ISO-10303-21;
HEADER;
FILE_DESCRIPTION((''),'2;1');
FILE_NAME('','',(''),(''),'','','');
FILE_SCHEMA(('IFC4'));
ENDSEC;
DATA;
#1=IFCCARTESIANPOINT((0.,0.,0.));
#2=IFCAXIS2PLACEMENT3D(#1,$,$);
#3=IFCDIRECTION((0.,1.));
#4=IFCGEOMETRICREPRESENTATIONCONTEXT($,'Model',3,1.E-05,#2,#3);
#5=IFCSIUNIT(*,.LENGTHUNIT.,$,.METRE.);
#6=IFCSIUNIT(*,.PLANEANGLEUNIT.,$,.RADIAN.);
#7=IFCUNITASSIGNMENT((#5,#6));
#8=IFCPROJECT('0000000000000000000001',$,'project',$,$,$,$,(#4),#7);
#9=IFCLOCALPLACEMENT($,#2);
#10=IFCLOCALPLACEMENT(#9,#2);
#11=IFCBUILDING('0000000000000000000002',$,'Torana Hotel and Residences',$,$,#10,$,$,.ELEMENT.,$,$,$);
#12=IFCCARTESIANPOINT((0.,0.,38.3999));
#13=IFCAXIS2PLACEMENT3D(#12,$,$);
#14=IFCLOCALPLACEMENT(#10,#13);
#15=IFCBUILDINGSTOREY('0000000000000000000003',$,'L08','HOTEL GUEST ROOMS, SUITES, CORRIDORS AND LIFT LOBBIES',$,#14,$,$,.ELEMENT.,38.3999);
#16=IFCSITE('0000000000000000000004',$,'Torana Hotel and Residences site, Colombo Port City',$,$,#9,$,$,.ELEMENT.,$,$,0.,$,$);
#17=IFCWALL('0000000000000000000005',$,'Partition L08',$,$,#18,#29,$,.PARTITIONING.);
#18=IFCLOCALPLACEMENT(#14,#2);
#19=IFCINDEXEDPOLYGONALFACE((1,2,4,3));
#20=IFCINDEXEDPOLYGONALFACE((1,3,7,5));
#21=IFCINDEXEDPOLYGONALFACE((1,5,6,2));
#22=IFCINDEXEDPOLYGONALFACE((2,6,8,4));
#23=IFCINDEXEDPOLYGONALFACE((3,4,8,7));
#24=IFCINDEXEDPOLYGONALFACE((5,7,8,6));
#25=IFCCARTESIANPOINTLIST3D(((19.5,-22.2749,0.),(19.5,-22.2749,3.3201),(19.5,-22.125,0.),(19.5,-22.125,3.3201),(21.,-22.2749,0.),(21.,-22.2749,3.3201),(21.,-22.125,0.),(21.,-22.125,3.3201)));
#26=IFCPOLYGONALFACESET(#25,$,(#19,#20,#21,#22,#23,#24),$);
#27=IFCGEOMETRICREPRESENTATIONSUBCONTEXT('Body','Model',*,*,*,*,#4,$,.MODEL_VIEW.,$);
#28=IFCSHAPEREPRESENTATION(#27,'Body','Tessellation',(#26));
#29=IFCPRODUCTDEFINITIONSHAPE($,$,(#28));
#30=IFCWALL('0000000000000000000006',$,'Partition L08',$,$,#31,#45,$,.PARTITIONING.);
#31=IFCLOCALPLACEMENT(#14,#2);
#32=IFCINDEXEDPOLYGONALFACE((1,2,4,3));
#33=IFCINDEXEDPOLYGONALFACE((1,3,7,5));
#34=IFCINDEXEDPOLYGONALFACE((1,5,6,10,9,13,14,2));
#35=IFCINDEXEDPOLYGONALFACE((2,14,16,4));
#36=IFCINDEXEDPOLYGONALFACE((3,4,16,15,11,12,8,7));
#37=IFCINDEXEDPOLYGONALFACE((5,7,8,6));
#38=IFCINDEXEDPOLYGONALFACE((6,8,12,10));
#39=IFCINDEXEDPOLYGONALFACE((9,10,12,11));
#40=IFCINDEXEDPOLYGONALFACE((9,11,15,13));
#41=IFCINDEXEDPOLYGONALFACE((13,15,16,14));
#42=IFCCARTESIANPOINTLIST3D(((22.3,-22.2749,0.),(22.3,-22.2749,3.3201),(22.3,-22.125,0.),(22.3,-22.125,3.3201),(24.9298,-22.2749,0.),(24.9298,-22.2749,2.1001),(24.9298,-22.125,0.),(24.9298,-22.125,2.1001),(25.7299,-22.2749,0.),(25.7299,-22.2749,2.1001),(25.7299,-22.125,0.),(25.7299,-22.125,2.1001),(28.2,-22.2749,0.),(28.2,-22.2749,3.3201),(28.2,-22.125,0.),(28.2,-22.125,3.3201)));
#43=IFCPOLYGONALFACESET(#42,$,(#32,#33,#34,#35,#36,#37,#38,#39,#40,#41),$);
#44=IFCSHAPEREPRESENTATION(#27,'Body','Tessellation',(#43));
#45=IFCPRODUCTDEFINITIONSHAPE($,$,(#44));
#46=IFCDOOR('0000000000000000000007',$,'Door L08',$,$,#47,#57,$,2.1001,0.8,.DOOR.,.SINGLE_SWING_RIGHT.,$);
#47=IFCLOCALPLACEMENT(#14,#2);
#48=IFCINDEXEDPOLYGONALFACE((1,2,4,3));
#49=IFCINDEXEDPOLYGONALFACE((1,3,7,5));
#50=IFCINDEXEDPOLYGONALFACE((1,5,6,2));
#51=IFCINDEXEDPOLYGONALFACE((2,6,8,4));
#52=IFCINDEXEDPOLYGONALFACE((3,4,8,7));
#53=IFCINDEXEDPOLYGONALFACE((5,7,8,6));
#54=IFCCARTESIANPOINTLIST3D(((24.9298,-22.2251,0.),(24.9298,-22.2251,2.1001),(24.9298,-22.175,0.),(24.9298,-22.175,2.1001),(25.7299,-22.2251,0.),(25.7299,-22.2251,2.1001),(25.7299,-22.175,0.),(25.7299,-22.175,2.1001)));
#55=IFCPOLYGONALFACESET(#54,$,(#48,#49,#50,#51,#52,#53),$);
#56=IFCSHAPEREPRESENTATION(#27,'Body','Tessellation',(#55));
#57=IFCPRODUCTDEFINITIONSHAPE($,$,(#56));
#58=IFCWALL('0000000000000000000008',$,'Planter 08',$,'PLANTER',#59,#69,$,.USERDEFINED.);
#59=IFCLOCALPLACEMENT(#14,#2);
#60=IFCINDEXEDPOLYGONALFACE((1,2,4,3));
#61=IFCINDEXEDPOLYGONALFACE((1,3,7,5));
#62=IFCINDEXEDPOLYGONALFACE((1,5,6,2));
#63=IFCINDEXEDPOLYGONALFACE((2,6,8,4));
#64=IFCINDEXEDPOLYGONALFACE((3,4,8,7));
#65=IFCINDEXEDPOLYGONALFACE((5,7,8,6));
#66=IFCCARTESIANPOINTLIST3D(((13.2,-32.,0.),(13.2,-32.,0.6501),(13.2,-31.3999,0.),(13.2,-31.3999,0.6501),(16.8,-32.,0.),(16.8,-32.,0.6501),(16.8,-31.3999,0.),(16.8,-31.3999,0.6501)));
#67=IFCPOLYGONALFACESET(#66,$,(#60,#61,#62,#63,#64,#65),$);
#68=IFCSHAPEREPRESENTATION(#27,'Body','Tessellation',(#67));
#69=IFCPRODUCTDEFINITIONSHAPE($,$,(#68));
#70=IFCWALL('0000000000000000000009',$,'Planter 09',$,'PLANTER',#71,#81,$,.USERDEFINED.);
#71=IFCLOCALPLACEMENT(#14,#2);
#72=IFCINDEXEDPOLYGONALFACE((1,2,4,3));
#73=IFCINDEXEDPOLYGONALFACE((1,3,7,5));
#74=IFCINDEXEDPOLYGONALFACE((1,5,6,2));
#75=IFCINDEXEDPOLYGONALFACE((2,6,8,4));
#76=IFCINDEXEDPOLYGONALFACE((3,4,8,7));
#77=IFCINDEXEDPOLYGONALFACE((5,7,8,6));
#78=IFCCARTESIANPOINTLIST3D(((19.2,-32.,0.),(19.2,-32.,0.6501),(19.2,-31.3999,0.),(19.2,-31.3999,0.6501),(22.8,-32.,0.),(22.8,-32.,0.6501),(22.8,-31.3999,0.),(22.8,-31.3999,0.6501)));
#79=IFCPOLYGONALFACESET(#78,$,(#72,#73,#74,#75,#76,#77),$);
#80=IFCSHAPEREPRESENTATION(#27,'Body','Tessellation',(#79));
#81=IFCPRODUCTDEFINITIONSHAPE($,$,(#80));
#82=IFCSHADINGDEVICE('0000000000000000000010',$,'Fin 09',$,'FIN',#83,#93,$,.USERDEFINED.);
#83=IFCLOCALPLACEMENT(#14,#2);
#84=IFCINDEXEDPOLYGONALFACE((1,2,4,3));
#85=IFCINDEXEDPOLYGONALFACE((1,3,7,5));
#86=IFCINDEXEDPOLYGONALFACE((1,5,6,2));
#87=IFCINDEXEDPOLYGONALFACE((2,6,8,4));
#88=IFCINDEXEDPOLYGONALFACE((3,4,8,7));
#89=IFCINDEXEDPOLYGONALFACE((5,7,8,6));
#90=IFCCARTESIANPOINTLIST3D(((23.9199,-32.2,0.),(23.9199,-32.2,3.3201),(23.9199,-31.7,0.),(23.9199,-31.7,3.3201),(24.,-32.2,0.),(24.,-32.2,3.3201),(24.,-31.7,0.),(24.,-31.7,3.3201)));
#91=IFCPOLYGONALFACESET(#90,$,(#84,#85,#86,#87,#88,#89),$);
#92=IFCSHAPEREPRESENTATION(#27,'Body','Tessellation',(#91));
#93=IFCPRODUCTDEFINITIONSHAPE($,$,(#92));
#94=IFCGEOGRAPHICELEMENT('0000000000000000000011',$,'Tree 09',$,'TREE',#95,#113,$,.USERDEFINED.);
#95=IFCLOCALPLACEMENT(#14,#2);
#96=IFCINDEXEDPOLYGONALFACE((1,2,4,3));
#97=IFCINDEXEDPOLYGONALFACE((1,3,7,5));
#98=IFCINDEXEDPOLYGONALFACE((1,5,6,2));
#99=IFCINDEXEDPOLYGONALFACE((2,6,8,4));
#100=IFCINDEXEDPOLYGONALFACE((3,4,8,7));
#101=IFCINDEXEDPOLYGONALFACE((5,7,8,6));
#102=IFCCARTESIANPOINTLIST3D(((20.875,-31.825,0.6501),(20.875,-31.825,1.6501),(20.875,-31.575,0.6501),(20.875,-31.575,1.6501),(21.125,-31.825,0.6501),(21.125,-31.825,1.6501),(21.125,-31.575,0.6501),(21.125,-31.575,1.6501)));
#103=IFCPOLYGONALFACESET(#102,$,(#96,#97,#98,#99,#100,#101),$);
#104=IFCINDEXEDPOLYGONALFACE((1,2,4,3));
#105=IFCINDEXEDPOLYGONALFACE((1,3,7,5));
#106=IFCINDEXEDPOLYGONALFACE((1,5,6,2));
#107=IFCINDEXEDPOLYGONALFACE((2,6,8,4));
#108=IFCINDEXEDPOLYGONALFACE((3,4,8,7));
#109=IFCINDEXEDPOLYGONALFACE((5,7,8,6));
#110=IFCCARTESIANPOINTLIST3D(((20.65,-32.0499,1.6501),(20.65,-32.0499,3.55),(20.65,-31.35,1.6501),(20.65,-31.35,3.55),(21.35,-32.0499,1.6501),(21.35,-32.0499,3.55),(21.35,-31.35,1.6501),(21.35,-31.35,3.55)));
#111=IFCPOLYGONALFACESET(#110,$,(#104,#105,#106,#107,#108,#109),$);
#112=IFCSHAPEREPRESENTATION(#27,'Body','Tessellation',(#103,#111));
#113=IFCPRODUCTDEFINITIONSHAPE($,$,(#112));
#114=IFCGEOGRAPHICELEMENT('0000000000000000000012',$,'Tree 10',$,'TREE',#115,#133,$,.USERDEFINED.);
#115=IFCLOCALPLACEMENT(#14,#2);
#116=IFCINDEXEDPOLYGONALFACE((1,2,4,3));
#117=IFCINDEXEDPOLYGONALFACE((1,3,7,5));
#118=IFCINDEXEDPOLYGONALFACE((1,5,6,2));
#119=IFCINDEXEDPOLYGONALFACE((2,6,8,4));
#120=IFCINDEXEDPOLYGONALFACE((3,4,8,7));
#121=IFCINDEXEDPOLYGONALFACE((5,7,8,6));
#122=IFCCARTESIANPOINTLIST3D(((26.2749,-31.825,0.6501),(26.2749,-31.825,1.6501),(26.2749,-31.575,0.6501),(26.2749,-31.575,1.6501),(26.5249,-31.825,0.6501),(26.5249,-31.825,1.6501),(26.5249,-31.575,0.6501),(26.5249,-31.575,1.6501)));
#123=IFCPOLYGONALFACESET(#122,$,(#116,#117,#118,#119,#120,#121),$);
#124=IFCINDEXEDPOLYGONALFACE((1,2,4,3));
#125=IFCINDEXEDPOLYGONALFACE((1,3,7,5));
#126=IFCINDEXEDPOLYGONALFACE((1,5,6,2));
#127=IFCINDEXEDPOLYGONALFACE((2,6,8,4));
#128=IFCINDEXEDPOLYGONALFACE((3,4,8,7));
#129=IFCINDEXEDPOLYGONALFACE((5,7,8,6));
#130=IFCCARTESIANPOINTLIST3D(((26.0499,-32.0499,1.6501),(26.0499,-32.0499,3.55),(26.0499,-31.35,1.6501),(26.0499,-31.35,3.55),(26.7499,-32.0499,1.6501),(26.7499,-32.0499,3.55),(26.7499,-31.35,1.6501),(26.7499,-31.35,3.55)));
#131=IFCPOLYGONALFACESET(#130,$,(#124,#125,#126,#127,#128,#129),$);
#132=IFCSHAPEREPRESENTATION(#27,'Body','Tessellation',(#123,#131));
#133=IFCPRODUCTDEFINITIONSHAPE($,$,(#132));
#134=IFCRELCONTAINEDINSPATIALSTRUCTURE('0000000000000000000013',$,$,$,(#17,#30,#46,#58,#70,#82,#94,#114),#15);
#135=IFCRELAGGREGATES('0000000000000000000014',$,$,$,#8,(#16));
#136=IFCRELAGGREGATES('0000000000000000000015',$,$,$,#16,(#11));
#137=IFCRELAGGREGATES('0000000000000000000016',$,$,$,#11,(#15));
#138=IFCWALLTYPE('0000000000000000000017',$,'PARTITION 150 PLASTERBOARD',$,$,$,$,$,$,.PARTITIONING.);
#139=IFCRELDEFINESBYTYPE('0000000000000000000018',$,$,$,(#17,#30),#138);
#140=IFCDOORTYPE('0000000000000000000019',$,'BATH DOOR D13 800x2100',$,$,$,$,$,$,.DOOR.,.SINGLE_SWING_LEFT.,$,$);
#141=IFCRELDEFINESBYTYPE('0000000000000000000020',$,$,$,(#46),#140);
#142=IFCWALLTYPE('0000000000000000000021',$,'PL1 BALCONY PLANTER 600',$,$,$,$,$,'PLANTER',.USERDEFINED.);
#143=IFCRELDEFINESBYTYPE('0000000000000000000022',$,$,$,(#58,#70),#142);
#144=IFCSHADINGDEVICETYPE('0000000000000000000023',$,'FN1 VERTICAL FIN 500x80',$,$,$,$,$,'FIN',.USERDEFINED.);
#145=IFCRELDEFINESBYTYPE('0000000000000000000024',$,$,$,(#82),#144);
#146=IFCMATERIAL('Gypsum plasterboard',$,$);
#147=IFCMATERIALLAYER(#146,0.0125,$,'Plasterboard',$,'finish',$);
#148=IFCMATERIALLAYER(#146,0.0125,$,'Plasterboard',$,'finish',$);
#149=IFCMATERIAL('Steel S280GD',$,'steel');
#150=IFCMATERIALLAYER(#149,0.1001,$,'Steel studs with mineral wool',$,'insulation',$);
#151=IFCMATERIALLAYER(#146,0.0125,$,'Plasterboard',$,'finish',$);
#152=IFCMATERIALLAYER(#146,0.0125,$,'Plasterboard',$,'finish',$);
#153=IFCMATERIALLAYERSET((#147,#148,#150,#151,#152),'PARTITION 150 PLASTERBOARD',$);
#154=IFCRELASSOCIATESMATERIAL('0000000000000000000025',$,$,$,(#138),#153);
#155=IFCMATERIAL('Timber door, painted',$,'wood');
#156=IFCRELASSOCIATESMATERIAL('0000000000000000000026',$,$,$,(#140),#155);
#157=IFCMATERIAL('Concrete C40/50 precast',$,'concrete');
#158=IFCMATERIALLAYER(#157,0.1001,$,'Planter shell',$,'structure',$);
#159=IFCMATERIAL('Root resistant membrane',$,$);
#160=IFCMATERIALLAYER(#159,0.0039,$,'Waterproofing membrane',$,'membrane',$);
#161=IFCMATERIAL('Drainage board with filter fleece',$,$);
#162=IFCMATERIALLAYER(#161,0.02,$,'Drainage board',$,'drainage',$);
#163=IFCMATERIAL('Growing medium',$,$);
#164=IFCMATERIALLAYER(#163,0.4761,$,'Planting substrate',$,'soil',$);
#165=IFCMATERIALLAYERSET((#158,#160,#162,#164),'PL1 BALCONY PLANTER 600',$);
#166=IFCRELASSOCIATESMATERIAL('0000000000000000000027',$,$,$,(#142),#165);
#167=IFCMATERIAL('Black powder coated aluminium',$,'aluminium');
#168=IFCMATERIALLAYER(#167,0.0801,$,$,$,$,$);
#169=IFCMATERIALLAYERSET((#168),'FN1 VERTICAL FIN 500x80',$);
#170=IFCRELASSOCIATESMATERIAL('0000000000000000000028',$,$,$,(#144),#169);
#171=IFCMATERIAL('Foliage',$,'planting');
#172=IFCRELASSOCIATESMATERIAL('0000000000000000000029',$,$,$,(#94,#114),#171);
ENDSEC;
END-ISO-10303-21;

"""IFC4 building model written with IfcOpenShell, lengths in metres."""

from ifc_helpers import new_model, si_unit, direction, frame, frame_2d, origin, origin_2d, place, context, subcontext, project, spatial, rectangle, extrude, material, layer, layer_set, type_object, element, fill, save


model = new_model("IFC4")

# Units and contexts
model_context = context("Model", 3, precision=1e-05, world=origin(), true_north=direction((0.0, 1.0)))
body_context = subcontext(model_context, "Body", "Model", "MODEL_VIEW")
ifc_project = project(units=[si_unit("LENGTHUNIT", "METRE"), si_unit("PLANEANGLEUNIT", "RADIAN")], contexts=[model_context])

# Site, building, storey
site_placement = place(None, origin())
site = spatial("IfcSite", under=ifc_project, at=site_placement, Name="Torana Hotel and Residences site, Colombo Port City", CompositionType="ELEMENT", RefElevation=0.0)
building_placement = place(site_placement, origin())
building = spatial("IfcBuilding", under=site, at=building_placement, Name="Torana Hotel and Residences", CompositionType="ELEMENT")
storey_placement = place(building_placement, frame((0.0, 0.0, 38.3999)))
storey = spatial("IfcBuildingStorey", under=building, at=storey_placement, Name="L08", Description="HOTEL GUEST ROOMS, SUITES, CORRIDORS AND LIFT LOBBIES", CompositionType="ELEMENT", Elevation=38.3999)

# Shared definitions
ifc_material_1 = material(Name="Gypsum plasterboard")
ifc_layer_1 = layer(ifc_material_1, 0.0125, Name="Plasterboard", Category="finish")
ifc_layer_2 = layer(ifc_material_1, 0.0125, Name="Plasterboard", Category="finish")
ifc_material_2 = material(Name="Steel S280GD", Category="steel")
ifc_layer_3 = layer(ifc_material_2, 0.1001, Name="Steel studs with mineral wool", Category="insulation")
ifc_layer_4 = layer(ifc_material_1, 0.0125, Name="Plasterboard", Category="finish")
ifc_layer_5 = layer(ifc_material_1, 0.0125, Name="Plasterboard", Category="finish")
ifc_layer_set_1 = layer_set([ifc_layer_1, ifc_layer_2, ifc_layer_3, ifc_layer_4, ifc_layer_5], Name="PARTITION 150 PLASTERBOARD")
wall_type_1 = type_object("IfcWallType", Name="PARTITION 150 PLASTERBOARD", PredefinedType="PARTITIONING", material=ifc_layer_set_1)

# Shared definitions
ifc_material_3 = material(Name="Timber door, painted", Category="wood")
door_type_1 = type_object("IfcDoorType", Name="BATH DOOR D13 800x2100", OperationType="SINGLE_SWING_LEFT", PredefinedType="DOOR", material=ifc_material_3)

# Wall
wall_1_placement = place(storey_placement, frame((19.5, -22.2, 0.0), z_axis=(0.0, 0.0, 1.0), x_axis=(1.0, 0.0, 0.0)))
element("IfcWall", 1, at=wall_1_placement, inside=storey, type_object=wall_type_1, Name="Partition L08", PredefinedType="PARTITIONING", context=body_context, shape_type="SweptSolid", body=[
    extrude(rectangle(XDim=1.5, YDim=0.1499, at=frame_2d((0.75, 0.0))), origin(), (0.0, 0.0, 1.0), 3.3201),
])

# Wall, opening, door
wall_2_placement = place(storey_placement, frame((22.3, -22.2, 0.0), z_axis=(0.0, 0.0, 1.0), x_axis=(1.0, 0.0, 0.0)))
wall_2 = element("IfcWall", 2, at=wall_2_placement, inside=storey, type_object=wall_type_1, Name="Partition L08", PredefinedType="PARTITIONING", context=body_context, shape_type="SweptSolid", body=[
    extrude(rectangle(XDim=5.8999, YDim=0.1499, at=frame_2d((2.95, 0.0))), origin(), (0.0, 0.0, 1.0), 3.3201),
])
opening_1_placement = place(wall_2_placement, frame((2.6299, 0.0, 0.0)))
opening_1 = element("IfcOpeningElement", 3, at=opening_1_placement, cuts=wall_2, PredefinedType="OPENING", context=body_context, shape_type="SweptSolid", body=[
    extrude(rectangle(XDim=0.8, YDim=2.1001, at=frame_2d((0.3999, 1.05))), frame((0.0, 0.085, 0.0), z_axis=(0.0, -1.0, 0.0), x_axis=(1.0, 0.0, 0.0)), (0.0, 0.0, 1.0), 0.1699),
])
door_1_placement = place(opening_1_placement, origin())
door_1 = element("IfcDoor", 4, at=door_1_placement, inside=storey, type_object=door_type_1, Name="Door L08", OperationType="SINGLE_SWING_RIGHT", OverallHeight=2.1001, OverallWidth=0.8, PredefinedType="DOOR", context=body_context, shape_type="SweptSolid", body=[
    extrude(rectangle(XDim=0.8, YDim=2.1001, at=frame_2d((0.3999, 1.05))), frame((0.0, 0.0249, 0.0), z_axis=(0.0, -1.0, 0.0), x_axis=(1.0, 0.0, 0.0)), (0.0, 0.0, 1.0), 0.05),
])
fill(opening_1, door_1)

# Walls
ifc_material_4 = material(Name="Concrete C40/50 precast", Category="concrete")
ifc_layer_6 = layer(ifc_material_4, 0.1001, Name="Planter shell", Category="structure")
ifc_material_5 = material(Name="Root resistant membrane")
ifc_layer_7 = layer(ifc_material_5, 0.0039, Name="Waterproofing membrane", Category="membrane")
ifc_material_6 = material(Name="Drainage board with filter fleece")
ifc_layer_8 = layer(ifc_material_6, 0.02, Name="Drainage board", Category="drainage")
ifc_material_7 = material(Name="Growing medium")
ifc_layer_9 = layer(ifc_material_7, 0.4761, Name="Planting substrate", Category="soil")
ifc_layer_set_2 = layer_set([ifc_layer_6, ifc_layer_7, ifc_layer_8, ifc_layer_9], Name="PL1 BALCONY PLANTER 600")
wall_type_2 = type_object("IfcWallType", Name="PL1 BALCONY PLANTER 600", ElementType="PLANTER", PredefinedType="USERDEFINED", material=ifc_layer_set_2)
for number, where, z_axis, x_axis, name in (
    (5, (16.8, -31.7, 0.0), (0.0, 0.0, 1.0), (-1.0, 0.0, 0.0), "Planter 08"),
    (6, (22.8, -31.7, 0.0), (0.0, 0.0, 1.0), (-1.0, 0.0, 0.0), "Planter 09"),
):
    element("IfcWall", number, at=place(storey_placement, frame(where, z_axis=z_axis, x_axis=x_axis)), inside=storey, type_object=wall_type_2, Name=name, ObjectType="PLANTER", PredefinedType="USERDEFINED", context=body_context, shape_type="SweptSolid", body=[
        extrude(rectangle(XDim=3.6001, YDim=0.6001, at=frame_2d((1.8, 0.0))), origin(), (0.0, 0.0, 1.0), 0.6501),
    ])

# Shading device
ifc_material_8 = material(Name="Black powder coated aluminium", Category="aluminium")
ifc_layer_10 = layer(ifc_material_8, 0.0801)
ifc_layer_set_3 = layer_set([ifc_layer_10], Name="FN1 VERTICAL FIN 500x80")
shading_device_type = type_object("IfcShadingDeviceType", Name="FN1 VERTICAL FIN 500x80", ElementType="FIN", PredefinedType="USERDEFINED", material=ifc_layer_set_3)
shading_device_placement = place(storey_placement, frame((23.96, -31.95, 0.0), z_axis=(0.0, 0.0, 1.0), x_axis=(-1.0, 0.0, 0.0)))
element("IfcShadingDevice", 7, at=shading_device_placement, inside=storey, type_object=shading_device_type, Name="Fin 09", ObjectType="FIN", PredefinedType="USERDEFINED", context=body_context, shape_type="SweptSolid", body=[
    extrude(rectangle(XDim=0.0801, YDim=0.5, at=origin_2d()), origin(), (0.0, 0.0, 1.0), 3.3201),
])

# Geographic elements
ifc_material_9 = material(Name="Foliage", Category="planting")
for number, where, z_axis, x_axis, name in (
    (8, (21.0, -31.7, 0.6501), (0.0, 0.0, 1.0), (1.0, 0.0, 0.0), "Tree 09"),
    (9, (26.3999, -31.7, 0.6501), (0.0, 0.0, 1.0), (1.0, 0.0, 0.0), "Tree 10"),
):
    element("IfcGeographicElement", number, at=place(storey_placement, frame(where, z_axis=z_axis, x_axis=x_axis)), inside=storey, material=ifc_material_9, Name=name, ObjectType="TREE", PredefinedType="USERDEFINED", context=body_context, shape_type="SweptSolid", body=[
        extrude(rectangle(XDim=0.25, YDim=0.25, at=origin_2d()), origin(), (0.0, 0.0, 1.0), 1.0),
        extrude(rectangle(XDim=0.7, YDim=0.7, at=origin_2d()), frame((0.0, 0.0, 1.0)), (0.0, 0.0, 1.0), 1.8999),
    ])

save(model, "model.ifc")
